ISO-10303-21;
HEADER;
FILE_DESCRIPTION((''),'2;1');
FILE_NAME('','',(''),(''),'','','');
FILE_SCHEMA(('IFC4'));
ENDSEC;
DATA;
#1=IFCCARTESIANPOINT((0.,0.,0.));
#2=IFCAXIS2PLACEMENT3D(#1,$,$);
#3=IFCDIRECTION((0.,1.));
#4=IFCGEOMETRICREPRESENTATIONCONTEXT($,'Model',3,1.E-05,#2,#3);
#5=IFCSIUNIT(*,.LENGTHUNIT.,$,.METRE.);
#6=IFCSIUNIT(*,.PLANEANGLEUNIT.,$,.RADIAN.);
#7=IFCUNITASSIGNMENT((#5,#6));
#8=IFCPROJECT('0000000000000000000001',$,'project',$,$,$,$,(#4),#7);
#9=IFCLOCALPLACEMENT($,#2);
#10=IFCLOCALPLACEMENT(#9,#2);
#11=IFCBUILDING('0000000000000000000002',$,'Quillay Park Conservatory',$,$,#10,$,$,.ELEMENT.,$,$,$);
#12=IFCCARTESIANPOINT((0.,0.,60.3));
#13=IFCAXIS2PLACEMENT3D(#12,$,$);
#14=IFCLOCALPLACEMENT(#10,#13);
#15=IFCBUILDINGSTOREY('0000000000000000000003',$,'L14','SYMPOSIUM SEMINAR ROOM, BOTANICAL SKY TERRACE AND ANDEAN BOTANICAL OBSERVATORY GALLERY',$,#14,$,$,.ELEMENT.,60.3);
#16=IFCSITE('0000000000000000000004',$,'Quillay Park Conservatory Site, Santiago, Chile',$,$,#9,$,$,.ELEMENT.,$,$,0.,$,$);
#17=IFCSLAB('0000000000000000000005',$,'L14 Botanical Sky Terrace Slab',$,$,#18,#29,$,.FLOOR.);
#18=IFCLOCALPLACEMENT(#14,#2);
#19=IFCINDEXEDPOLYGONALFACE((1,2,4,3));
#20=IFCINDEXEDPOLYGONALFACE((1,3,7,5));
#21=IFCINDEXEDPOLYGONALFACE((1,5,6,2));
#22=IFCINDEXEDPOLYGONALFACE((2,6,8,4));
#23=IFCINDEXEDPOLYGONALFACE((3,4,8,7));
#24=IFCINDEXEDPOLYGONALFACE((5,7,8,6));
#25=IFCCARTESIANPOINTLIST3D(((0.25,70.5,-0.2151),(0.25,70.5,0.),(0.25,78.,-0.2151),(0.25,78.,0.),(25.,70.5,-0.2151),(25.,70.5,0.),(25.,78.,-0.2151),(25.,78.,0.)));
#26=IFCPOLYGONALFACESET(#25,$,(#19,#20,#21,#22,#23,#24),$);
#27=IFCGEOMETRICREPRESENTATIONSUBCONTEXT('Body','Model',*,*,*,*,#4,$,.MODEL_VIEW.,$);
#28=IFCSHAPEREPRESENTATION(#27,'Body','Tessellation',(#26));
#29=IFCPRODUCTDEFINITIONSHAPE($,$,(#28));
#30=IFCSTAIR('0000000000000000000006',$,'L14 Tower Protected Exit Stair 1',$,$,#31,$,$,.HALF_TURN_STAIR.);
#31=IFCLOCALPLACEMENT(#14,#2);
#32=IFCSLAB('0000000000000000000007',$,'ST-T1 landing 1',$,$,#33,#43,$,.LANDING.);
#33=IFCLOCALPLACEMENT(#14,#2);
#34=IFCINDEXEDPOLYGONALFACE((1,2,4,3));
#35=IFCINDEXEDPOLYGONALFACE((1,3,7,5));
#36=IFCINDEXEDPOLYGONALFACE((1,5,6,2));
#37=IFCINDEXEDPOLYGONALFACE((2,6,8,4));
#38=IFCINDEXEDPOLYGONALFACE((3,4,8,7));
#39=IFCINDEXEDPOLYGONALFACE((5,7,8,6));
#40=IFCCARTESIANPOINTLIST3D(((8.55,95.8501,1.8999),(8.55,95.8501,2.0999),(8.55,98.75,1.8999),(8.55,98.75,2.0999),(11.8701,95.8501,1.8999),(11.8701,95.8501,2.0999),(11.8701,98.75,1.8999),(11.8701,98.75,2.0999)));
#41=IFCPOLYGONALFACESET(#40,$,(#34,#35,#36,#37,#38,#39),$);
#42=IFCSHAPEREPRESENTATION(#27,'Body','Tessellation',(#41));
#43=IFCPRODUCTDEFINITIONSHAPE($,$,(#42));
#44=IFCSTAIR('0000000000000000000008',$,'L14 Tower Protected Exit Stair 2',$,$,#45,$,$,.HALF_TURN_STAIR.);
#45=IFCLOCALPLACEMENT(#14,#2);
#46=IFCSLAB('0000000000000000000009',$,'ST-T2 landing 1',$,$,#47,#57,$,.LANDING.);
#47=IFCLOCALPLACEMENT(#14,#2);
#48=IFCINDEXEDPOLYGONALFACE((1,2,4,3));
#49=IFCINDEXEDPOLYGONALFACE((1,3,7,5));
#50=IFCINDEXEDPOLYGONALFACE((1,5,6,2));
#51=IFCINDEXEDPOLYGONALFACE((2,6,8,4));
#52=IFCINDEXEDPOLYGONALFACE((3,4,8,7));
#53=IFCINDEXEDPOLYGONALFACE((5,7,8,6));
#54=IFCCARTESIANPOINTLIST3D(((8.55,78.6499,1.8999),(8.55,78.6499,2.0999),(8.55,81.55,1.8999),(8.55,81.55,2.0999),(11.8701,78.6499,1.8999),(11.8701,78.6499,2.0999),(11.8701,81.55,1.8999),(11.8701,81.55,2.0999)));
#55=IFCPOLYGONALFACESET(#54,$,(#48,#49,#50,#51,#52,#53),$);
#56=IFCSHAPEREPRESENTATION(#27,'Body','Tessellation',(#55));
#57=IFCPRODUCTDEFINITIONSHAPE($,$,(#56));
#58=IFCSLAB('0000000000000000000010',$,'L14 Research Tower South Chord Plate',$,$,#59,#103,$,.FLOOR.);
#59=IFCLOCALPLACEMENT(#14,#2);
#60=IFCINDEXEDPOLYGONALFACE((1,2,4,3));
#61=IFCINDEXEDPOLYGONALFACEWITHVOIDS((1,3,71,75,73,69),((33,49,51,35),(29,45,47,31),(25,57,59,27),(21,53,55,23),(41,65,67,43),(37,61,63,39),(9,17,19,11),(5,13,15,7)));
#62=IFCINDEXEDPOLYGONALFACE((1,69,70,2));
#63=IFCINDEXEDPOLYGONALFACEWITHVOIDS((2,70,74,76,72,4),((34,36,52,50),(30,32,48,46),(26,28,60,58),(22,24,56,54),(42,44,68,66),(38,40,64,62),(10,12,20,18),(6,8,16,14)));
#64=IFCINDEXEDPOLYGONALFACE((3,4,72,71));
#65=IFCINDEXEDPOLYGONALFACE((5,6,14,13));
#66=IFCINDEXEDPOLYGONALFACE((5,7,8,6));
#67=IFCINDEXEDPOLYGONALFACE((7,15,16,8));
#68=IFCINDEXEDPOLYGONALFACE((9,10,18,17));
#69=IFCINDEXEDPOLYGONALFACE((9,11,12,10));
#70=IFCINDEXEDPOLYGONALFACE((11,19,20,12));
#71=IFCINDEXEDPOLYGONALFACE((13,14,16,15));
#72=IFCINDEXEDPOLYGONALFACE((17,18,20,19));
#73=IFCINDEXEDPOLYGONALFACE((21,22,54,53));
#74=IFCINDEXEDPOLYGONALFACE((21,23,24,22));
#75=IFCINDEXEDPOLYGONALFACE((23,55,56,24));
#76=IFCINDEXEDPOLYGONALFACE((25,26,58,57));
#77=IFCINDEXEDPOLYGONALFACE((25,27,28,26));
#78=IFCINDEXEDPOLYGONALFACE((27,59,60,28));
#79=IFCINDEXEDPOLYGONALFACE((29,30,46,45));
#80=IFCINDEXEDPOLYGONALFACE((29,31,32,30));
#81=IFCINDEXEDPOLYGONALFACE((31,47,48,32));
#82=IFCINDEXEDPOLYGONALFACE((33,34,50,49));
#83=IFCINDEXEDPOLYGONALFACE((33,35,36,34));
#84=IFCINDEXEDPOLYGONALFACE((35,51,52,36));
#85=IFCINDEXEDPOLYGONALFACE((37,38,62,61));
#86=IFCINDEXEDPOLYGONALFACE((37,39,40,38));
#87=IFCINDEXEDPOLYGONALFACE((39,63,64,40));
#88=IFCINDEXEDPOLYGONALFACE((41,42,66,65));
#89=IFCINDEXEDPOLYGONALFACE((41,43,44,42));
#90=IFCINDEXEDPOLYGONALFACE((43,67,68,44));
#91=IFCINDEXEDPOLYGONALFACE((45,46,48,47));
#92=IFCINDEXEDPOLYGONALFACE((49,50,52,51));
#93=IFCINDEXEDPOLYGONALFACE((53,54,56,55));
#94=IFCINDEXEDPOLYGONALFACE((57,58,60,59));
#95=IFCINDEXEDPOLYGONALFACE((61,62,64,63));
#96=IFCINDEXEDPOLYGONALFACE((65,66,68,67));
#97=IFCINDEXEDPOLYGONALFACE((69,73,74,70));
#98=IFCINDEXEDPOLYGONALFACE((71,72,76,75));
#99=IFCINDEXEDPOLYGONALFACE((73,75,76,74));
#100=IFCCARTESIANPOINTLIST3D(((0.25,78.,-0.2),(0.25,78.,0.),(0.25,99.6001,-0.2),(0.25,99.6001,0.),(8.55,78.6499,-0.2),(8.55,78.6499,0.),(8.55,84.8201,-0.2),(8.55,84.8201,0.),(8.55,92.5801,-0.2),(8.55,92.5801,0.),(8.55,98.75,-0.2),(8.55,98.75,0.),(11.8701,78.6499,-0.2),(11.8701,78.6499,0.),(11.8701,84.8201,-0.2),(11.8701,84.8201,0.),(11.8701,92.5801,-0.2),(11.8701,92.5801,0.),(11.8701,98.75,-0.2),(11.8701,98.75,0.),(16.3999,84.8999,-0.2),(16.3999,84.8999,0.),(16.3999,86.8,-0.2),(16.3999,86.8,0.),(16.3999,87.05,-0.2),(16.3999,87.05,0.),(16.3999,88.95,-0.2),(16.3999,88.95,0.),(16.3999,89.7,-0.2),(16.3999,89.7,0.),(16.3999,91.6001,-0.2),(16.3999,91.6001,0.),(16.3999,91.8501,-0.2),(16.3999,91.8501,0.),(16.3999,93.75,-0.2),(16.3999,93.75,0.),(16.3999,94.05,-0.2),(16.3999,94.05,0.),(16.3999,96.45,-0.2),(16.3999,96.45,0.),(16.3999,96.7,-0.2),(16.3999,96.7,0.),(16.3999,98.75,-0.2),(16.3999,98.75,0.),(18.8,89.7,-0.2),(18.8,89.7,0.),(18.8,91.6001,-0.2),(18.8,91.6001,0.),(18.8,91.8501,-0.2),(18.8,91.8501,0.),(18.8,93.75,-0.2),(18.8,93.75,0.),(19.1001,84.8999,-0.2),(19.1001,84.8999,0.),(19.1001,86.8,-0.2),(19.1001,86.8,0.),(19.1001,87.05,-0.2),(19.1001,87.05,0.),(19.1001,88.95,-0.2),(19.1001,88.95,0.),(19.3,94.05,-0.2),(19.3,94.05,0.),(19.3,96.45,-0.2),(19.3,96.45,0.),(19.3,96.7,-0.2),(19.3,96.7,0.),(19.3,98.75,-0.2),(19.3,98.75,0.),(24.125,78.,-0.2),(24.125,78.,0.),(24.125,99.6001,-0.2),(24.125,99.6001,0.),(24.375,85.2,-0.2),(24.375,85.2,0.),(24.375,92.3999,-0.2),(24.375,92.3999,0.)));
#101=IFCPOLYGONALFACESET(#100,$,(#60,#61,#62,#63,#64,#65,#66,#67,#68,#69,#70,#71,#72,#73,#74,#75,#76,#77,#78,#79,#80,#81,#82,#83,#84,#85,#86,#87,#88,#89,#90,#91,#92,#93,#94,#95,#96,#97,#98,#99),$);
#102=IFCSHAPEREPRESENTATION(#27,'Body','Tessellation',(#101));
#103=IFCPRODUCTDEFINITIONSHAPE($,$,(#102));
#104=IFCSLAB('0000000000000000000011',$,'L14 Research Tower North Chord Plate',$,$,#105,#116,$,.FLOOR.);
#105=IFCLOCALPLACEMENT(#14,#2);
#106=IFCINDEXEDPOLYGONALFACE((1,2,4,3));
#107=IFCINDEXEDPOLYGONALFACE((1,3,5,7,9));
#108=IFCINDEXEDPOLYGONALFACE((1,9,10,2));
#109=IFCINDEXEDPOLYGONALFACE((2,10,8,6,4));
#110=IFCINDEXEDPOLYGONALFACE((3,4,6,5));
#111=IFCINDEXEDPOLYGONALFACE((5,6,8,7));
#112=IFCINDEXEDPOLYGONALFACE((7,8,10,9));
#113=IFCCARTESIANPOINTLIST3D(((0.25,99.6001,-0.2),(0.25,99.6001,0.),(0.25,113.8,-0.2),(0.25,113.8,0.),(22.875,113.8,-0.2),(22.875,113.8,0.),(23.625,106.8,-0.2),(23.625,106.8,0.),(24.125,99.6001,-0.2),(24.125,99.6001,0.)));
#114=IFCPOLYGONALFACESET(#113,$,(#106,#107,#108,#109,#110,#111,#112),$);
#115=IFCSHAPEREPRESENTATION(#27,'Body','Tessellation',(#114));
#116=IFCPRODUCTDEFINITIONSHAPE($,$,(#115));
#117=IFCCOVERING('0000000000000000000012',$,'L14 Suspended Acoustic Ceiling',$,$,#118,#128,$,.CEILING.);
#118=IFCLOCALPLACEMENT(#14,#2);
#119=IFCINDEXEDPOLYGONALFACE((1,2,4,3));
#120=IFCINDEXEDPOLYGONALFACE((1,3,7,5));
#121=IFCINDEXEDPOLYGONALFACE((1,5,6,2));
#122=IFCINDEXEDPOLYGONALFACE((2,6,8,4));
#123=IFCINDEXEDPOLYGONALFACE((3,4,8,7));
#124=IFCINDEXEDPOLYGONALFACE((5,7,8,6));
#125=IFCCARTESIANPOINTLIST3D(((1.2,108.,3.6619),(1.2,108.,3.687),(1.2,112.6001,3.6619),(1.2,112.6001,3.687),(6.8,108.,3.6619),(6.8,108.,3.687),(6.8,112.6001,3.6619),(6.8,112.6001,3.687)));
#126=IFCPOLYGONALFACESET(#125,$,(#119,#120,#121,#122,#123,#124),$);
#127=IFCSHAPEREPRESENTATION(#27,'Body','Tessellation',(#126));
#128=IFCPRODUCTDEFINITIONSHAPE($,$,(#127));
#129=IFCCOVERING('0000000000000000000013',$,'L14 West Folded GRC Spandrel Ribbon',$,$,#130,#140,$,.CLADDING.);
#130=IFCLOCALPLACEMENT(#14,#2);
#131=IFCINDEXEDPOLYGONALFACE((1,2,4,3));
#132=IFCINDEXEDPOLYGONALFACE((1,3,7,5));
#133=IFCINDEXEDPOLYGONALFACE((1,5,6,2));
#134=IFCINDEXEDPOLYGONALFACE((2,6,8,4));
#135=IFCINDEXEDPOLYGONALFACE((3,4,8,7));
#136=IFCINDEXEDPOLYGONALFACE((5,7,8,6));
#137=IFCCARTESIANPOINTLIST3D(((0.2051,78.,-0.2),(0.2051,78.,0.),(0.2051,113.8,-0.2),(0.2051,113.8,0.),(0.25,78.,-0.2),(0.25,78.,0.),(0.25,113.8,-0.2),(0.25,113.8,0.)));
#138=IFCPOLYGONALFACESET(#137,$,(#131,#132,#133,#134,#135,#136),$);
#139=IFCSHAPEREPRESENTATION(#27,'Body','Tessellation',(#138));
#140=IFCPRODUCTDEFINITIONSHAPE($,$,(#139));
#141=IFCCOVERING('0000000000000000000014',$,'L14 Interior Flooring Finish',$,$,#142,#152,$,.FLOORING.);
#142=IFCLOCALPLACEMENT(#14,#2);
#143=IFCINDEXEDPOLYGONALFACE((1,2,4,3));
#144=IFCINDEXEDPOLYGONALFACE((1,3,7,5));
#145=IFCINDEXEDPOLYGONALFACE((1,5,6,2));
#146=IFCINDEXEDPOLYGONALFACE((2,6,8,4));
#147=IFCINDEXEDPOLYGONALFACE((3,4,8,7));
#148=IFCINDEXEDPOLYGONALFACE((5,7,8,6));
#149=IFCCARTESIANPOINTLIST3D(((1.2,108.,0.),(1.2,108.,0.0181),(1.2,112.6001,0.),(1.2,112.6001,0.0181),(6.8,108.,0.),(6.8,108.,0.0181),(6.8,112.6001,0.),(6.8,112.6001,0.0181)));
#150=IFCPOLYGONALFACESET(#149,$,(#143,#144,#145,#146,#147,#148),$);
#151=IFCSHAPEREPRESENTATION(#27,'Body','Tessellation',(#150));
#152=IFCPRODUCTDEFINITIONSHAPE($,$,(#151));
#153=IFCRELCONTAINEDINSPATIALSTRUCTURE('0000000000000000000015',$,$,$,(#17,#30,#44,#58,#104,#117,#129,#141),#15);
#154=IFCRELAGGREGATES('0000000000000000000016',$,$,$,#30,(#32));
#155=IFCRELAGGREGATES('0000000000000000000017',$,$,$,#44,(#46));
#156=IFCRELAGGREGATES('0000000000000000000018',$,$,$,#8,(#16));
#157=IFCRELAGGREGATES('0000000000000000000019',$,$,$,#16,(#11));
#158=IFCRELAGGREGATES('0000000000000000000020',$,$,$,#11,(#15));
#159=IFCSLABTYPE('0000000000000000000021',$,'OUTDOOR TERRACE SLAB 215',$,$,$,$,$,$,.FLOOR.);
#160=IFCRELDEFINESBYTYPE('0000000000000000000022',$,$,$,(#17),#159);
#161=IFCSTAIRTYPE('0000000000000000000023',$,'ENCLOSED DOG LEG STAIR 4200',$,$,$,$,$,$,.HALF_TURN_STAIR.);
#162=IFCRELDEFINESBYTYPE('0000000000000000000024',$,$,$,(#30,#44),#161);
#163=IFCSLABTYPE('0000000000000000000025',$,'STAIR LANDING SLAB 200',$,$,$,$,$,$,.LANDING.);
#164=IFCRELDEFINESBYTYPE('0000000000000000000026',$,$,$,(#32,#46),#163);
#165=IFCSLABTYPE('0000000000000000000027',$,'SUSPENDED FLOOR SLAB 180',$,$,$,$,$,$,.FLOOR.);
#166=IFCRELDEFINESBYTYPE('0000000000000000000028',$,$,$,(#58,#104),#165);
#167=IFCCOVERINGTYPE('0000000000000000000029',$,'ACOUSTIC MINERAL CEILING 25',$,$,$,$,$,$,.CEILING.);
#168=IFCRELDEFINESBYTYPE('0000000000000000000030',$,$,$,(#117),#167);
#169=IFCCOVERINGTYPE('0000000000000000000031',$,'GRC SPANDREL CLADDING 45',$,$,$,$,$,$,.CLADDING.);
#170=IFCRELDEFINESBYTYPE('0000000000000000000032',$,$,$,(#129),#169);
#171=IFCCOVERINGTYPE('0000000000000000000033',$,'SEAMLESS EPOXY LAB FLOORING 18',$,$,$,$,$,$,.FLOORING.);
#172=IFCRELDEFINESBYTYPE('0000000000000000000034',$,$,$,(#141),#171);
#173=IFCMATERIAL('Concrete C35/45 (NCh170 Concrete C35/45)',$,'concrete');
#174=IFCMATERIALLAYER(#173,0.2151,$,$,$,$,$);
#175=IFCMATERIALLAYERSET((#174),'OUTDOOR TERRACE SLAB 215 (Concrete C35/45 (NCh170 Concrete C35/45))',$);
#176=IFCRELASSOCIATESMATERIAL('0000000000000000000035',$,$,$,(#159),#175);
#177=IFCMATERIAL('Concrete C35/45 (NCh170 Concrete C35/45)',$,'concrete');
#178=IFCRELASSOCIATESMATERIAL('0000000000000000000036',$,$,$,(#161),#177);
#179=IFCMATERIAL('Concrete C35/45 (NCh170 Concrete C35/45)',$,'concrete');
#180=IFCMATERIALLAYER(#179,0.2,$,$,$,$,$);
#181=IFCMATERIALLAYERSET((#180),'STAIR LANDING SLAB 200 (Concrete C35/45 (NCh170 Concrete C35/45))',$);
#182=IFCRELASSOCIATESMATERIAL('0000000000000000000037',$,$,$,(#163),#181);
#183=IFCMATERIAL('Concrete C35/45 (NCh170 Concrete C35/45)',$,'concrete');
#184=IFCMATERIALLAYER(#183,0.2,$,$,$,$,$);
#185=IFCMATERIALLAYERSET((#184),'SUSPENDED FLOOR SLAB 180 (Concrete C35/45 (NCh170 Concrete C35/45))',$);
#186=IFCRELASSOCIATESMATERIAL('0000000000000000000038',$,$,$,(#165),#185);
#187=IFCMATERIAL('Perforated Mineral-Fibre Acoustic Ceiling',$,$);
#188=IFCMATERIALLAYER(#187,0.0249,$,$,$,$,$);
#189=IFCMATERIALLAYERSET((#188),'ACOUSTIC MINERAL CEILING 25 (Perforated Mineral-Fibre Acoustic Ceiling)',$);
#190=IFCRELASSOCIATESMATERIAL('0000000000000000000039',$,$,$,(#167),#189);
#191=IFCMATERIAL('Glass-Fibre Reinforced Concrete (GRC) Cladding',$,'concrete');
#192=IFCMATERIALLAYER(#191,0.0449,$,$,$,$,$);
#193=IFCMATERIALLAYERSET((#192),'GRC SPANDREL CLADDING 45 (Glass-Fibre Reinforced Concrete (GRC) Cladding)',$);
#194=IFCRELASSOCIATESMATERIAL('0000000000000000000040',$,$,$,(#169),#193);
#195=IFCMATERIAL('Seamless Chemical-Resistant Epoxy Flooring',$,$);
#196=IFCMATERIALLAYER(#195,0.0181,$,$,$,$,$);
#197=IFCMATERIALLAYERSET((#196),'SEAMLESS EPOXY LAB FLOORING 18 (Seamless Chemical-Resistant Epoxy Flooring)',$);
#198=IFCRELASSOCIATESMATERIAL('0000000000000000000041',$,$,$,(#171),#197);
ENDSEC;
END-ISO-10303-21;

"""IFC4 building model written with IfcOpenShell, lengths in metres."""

from ifc_helpers import new_model, si_unit, direction, frame, origin, place, context, subcontext, project, spatial, polyline, outline, extrude, material, layer, layer_set, type_object, element, aggregate, save


model = new_model("IFC4")

# Units and contexts
model_context = context("Model", 3, precision=1e-05, world=origin(), true_north=direction((0.0, 1.0)))
body_context = subcontext(model_context, "Body", "Model", "MODEL_VIEW")
ifc_project = project(units=[si_unit("LENGTHUNIT", "METRE"), si_unit("PLANEANGLEUNIT", "RADIAN")], contexts=[model_context])

# Site, building, storey
site_placement = place(None, origin())
site = spatial("IfcSite", under=ifc_project, at=site_placement, Name="Quillay Park Conservatory Site, Santiago, Chile", CompositionType="ELEMENT", RefElevation=0.0)
building_placement = place(site_placement, origin())
building = spatial("IfcBuilding", under=site, at=building_placement, Name="Quillay Park Conservatory", CompositionType="ELEMENT")
storey_placement = place(building_placement, frame((0.0, 0.0, 60.3)))
storey = spatial("IfcBuildingStorey", under=building, at=storey_placement, Name="L14", Description="SYMPOSIUM SEMINAR ROOM, BOTANICAL SKY TERRACE AND ANDEAN BOTANICAL OBSERVATORY GALLERY", CompositionType="ELEMENT", Elevation=60.3)

# Slab
ifc_material_1 = material(Name="Concrete C35/45 (NCh170 Concrete C35/45)", Category="concrete")
ifc_layer_1 = layer(ifc_material_1, 0.2151)
ifc_layer_set_1 = layer_set([ifc_layer_1], Name="OUTDOOR TERRACE SLAB 215 (Concrete C35/45 (NCh170 Concrete C35/45))")
slab_type_1 = type_object("IfcSlabType", Name="OUTDOOR TERRACE SLAB 215", PredefinedType="FLOOR", material=ifc_layer_set_1)
slab_1_placement = place(storey_placement, frame((0.0, 0.0, -0.2151)))
element("IfcSlab", 1, at=slab_1_placement, inside=storey, type_object=slab_type_1, Name="L14 Botanical Sky Terrace Slab", PredefinedType="FLOOR", context=body_context, shape_type="SweptSolid", body=[
    extrude(outline(polyline([(0.25, 70.5), (25.0, 70.5), (25.0, 78.0), (0.25, 78.0), (0.25, 70.5)])), origin(), (0.0, 0.0, 1.0), 0.2151),
])

# Stairs, slabs
ifc_material_2 = material(Name="Concrete C35/45 (NCh170 Concrete C35/45)", Category="concrete")
stair_type = type_object("IfcStairType", Name="ENCLOSED DOG LEG STAIR 4200", PredefinedType="HALF_TURN_STAIR", material=ifc_material_2)
stair_1_placement = place(storey_placement, origin())
stair_1 = element("IfcStair", 2, at=stair_1_placement, inside=storey, type_object=stair_type, Name="L14 Tower Protected Exit Stair 1", PredefinedType="HALF_TURN_STAIR")
ifc_material_3 = material(Name="Concrete C35/45 (NCh170 Concrete C35/45)", Category="concrete")
ifc_layer_2 = layer(ifc_material_3, 0.2)
ifc_layer_set_2 = layer_set([ifc_layer_2], Name="STAIR LANDING SLAB 200 (Concrete C35/45 (NCh170 Concrete C35/45))")
slab_type_2 = type_object("IfcSlabType", Name="STAIR LANDING SLAB 200", PredefinedType="LANDING", material=ifc_layer_set_2)
slab_2_placement = place(storey_placement, frame((0.0, 0.0, 1.8999)))
slab_2 = element("IfcSlab", 3, at=slab_2_placement, type_object=slab_type_2, Name="ST-T1 landing 1", PredefinedType="LANDING", context=body_context, shape_type="SweptSolid", body=[
    extrude(outline(polyline([(11.8701, 95.8501), (11.8701, 98.75), (8.55, 98.75), (8.55, 95.8501), (11.8701, 95.8501)])), origin(), (0.0, 0.0, 1.0), 0.2),
])
aggregate(stair_1, [slab_2])
stair_2_placement = place(storey_placement, origin())
stair_2 = element("IfcStair", 4, at=stair_2_placement, inside=storey, type_object=stair_type, Name="L14 Tower Protected Exit Stair 2", PredefinedType="HALF_TURN_STAIR")
slab_3_placement = place(storey_placement, frame((0.0, 0.0, 1.8999)))
slab_3 = element("IfcSlab", 5, at=slab_3_placement, type_object=slab_type_2, Name="ST-T2 landing 1", PredefinedType="LANDING", context=body_context, shape_type="SweptSolid", body=[
    extrude(outline(polyline([(8.55, 81.55), (8.55, 78.6499), (11.8701, 78.6499), (11.8701, 81.55), (8.55, 81.55)])), origin(), (0.0, 0.0, 1.0), 0.2),
])
aggregate(stair_2, [slab_3])

# Slabs
ifc_material_4 = material(Name="Concrete C35/45 (NCh170 Concrete C35/45)", Category="concrete")
ifc_layer_3 = layer(ifc_material_4, 0.2)
ifc_layer_set_3 = layer_set([ifc_layer_3], Name="SUSPENDED FLOOR SLAB 180 (Concrete C35/45 (NCh170 Concrete C35/45))")
slab_type_3 = type_object("IfcSlabType", Name="SUSPENDED FLOOR SLAB 180", PredefinedType="FLOOR", material=ifc_layer_set_3)
slab_4_placement = place(storey_placement, frame((0.0, 0.0, -0.2)))
element("IfcSlab", 6, at=slab_4_placement, inside=storey, type_object=slab_type_3, Name="L14 Research Tower South Chord Plate", PredefinedType="FLOOR", context=body_context, shape_type="SweptSolid", body=[
    extrude(outline(polyline([(0.25, 78.0), (24.125, 78.0), (24.375, 85.2), (24.375, 92.3999), (24.125, 99.6001), (0.25, 99.6001), (0.25, 78.0)]), holes=[polyline([(8.55, 92.5801), (11.8701, 92.5801), (11.8701, 98.75), (8.55, 98.75), (8.55, 92.5801)]), polyline([(8.55, 78.6499), (11.8701, 78.6499), (11.8701, 84.8201), (8.55, 84.8201), (8.55, 78.6499)]), polyline([(16.3999, 84.8999), (19.1001, 84.8999), (19.1001, 86.8), (16.3999, 86.8), (16.3999, 84.8999)]), polyline([(16.3999, 87.05), (19.1001, 87.05), (19.1001, 88.95), (16.3999, 88.95), (16.3999, 87.05)]), polyline([(16.3999, 89.7), (18.8, 89.7), (18.8, 91.6001), (16.3999, 91.6001), (16.3999, 89.7)]), polyline([(16.3999, 91.8501), (18.8, 91.8501), (18.8, 93.75), (16.3999, 93.75), (16.3999, 91.8501)]), polyline([(16.3999, 94.05), (19.3, 94.05), (19.3, 96.45), (16.3999, 96.45), (16.3999, 94.05)]), polyline([(16.3999, 96.7), (19.3, 96.7), (19.3, 98.75), (16.3999, 98.75), (16.3999, 96.7)])]), origin(), (0.0, 0.0, 1.0), 0.2),
])
slab_5_placement = place(storey_placement, frame((0.0, 0.0, -0.2)))
element("IfcSlab", 7, at=slab_5_placement, inside=storey, type_object=slab_type_3, Name="L14 Research Tower North Chord Plate", PredefinedType="FLOOR", context=body_context, shape_type="SweptSolid", body=[
    extrude(outline(polyline([(0.25, 99.6001), (24.125, 99.6001), (23.625, 106.8), (22.875, 113.8), (0.25, 113.8), (0.25, 99.6001)])), origin(), (0.0, 0.0, 1.0), 0.2),
])

# Coverings
ifc_material_5 = material(Name="Perforated Mineral-Fibre Acoustic Ceiling")
ifc_layer_4 = layer(ifc_material_5, 0.0249)
ifc_layer_set_4 = layer_set([ifc_layer_4], Name="ACOUSTIC MINERAL CEILING 25 (Perforated Mineral-Fibre Acoustic Ceiling)")
covering_type_1 = type_object("IfcCoveringType", Name="ACOUSTIC MINERAL CEILING 25", PredefinedType="CEILING", material=ifc_layer_set_4)
covering_1_placement = place(storey_placement, frame((0.0, 0.0, 3.6619)))
element("IfcCovering", 8, at=covering_1_placement, inside=storey, type_object=covering_type_1, Name="L14 Suspended Acoustic Ceiling", PredefinedType="CEILING", context=body_context, shape_type="SweptSolid", body=[
    extrude(outline(polyline([(1.2, 108.0), (6.8, 108.0), (6.8, 112.6001), (1.2, 112.6001), (1.2, 108.0)])), origin(), (0.0, 0.0, 1.0), 0.0251),
])
ifc_material_6 = material(Name="Glass-Fibre Reinforced Concrete (GRC) Cladding", Category="concrete")
ifc_layer_5 = layer(ifc_material_6, 0.0449)
ifc_layer_set_5 = layer_set([ifc_layer_5], Name="GRC SPANDREL CLADDING 45 (Glass-Fibre Reinforced Concrete (GRC) Cladding)")
covering_type_2 = type_object("IfcCoveringType", Name="GRC SPANDREL CLADDING 45", PredefinedType="CLADDING", material=ifc_layer_set_5)
covering_2_placement = place(storey_placement, frame((0.0, 0.0, -0.2)))
element("IfcCovering", 9, at=covering_2_placement, inside=storey, type_object=covering_type_2, Name="L14 West Folded GRC Spandrel Ribbon", PredefinedType="CLADDING", context=body_context, shape_type="SweptSolid", body=[
    extrude(outline(polyline([(0.2051, 78.0), (0.25, 78.0), (0.25, 113.8), (0.2051, 113.8), (0.2051, 78.0)])), origin(), (0.0, 0.0, 1.0), 0.2),
])
ifc_material_7 = material(Name="Seamless Chemical-Resistant Epoxy Flooring")
ifc_layer_6 = layer(ifc_material_7, 0.0181)
ifc_layer_set_6 = layer_set([ifc_layer_6], Name="SEAMLESS EPOXY LAB FLOORING 18 (Seamless Chemical-Resistant Epoxy Flooring)")
covering_type_3 = type_object("IfcCoveringType", Name="SEAMLESS EPOXY LAB FLOORING 18", PredefinedType="FLOORING", material=ifc_layer_set_6)
covering_3_placement = place(storey_placement, origin())
element("IfcCovering", 10, at=covering_3_placement, inside=storey, type_object=covering_type_3, Name="L14 Interior Flooring Finish", PredefinedType="FLOORING", context=body_context, shape_type="SweptSolid", body=[
    extrude(outline(polyline([(1.2, 108.0), (6.8, 108.0), (6.8, 112.6001), (1.2, 112.6001), (1.2, 108.0)])), origin(), (0.0, 0.0, 1.0), 0.0181),
])

save(model, "model.ifc")
